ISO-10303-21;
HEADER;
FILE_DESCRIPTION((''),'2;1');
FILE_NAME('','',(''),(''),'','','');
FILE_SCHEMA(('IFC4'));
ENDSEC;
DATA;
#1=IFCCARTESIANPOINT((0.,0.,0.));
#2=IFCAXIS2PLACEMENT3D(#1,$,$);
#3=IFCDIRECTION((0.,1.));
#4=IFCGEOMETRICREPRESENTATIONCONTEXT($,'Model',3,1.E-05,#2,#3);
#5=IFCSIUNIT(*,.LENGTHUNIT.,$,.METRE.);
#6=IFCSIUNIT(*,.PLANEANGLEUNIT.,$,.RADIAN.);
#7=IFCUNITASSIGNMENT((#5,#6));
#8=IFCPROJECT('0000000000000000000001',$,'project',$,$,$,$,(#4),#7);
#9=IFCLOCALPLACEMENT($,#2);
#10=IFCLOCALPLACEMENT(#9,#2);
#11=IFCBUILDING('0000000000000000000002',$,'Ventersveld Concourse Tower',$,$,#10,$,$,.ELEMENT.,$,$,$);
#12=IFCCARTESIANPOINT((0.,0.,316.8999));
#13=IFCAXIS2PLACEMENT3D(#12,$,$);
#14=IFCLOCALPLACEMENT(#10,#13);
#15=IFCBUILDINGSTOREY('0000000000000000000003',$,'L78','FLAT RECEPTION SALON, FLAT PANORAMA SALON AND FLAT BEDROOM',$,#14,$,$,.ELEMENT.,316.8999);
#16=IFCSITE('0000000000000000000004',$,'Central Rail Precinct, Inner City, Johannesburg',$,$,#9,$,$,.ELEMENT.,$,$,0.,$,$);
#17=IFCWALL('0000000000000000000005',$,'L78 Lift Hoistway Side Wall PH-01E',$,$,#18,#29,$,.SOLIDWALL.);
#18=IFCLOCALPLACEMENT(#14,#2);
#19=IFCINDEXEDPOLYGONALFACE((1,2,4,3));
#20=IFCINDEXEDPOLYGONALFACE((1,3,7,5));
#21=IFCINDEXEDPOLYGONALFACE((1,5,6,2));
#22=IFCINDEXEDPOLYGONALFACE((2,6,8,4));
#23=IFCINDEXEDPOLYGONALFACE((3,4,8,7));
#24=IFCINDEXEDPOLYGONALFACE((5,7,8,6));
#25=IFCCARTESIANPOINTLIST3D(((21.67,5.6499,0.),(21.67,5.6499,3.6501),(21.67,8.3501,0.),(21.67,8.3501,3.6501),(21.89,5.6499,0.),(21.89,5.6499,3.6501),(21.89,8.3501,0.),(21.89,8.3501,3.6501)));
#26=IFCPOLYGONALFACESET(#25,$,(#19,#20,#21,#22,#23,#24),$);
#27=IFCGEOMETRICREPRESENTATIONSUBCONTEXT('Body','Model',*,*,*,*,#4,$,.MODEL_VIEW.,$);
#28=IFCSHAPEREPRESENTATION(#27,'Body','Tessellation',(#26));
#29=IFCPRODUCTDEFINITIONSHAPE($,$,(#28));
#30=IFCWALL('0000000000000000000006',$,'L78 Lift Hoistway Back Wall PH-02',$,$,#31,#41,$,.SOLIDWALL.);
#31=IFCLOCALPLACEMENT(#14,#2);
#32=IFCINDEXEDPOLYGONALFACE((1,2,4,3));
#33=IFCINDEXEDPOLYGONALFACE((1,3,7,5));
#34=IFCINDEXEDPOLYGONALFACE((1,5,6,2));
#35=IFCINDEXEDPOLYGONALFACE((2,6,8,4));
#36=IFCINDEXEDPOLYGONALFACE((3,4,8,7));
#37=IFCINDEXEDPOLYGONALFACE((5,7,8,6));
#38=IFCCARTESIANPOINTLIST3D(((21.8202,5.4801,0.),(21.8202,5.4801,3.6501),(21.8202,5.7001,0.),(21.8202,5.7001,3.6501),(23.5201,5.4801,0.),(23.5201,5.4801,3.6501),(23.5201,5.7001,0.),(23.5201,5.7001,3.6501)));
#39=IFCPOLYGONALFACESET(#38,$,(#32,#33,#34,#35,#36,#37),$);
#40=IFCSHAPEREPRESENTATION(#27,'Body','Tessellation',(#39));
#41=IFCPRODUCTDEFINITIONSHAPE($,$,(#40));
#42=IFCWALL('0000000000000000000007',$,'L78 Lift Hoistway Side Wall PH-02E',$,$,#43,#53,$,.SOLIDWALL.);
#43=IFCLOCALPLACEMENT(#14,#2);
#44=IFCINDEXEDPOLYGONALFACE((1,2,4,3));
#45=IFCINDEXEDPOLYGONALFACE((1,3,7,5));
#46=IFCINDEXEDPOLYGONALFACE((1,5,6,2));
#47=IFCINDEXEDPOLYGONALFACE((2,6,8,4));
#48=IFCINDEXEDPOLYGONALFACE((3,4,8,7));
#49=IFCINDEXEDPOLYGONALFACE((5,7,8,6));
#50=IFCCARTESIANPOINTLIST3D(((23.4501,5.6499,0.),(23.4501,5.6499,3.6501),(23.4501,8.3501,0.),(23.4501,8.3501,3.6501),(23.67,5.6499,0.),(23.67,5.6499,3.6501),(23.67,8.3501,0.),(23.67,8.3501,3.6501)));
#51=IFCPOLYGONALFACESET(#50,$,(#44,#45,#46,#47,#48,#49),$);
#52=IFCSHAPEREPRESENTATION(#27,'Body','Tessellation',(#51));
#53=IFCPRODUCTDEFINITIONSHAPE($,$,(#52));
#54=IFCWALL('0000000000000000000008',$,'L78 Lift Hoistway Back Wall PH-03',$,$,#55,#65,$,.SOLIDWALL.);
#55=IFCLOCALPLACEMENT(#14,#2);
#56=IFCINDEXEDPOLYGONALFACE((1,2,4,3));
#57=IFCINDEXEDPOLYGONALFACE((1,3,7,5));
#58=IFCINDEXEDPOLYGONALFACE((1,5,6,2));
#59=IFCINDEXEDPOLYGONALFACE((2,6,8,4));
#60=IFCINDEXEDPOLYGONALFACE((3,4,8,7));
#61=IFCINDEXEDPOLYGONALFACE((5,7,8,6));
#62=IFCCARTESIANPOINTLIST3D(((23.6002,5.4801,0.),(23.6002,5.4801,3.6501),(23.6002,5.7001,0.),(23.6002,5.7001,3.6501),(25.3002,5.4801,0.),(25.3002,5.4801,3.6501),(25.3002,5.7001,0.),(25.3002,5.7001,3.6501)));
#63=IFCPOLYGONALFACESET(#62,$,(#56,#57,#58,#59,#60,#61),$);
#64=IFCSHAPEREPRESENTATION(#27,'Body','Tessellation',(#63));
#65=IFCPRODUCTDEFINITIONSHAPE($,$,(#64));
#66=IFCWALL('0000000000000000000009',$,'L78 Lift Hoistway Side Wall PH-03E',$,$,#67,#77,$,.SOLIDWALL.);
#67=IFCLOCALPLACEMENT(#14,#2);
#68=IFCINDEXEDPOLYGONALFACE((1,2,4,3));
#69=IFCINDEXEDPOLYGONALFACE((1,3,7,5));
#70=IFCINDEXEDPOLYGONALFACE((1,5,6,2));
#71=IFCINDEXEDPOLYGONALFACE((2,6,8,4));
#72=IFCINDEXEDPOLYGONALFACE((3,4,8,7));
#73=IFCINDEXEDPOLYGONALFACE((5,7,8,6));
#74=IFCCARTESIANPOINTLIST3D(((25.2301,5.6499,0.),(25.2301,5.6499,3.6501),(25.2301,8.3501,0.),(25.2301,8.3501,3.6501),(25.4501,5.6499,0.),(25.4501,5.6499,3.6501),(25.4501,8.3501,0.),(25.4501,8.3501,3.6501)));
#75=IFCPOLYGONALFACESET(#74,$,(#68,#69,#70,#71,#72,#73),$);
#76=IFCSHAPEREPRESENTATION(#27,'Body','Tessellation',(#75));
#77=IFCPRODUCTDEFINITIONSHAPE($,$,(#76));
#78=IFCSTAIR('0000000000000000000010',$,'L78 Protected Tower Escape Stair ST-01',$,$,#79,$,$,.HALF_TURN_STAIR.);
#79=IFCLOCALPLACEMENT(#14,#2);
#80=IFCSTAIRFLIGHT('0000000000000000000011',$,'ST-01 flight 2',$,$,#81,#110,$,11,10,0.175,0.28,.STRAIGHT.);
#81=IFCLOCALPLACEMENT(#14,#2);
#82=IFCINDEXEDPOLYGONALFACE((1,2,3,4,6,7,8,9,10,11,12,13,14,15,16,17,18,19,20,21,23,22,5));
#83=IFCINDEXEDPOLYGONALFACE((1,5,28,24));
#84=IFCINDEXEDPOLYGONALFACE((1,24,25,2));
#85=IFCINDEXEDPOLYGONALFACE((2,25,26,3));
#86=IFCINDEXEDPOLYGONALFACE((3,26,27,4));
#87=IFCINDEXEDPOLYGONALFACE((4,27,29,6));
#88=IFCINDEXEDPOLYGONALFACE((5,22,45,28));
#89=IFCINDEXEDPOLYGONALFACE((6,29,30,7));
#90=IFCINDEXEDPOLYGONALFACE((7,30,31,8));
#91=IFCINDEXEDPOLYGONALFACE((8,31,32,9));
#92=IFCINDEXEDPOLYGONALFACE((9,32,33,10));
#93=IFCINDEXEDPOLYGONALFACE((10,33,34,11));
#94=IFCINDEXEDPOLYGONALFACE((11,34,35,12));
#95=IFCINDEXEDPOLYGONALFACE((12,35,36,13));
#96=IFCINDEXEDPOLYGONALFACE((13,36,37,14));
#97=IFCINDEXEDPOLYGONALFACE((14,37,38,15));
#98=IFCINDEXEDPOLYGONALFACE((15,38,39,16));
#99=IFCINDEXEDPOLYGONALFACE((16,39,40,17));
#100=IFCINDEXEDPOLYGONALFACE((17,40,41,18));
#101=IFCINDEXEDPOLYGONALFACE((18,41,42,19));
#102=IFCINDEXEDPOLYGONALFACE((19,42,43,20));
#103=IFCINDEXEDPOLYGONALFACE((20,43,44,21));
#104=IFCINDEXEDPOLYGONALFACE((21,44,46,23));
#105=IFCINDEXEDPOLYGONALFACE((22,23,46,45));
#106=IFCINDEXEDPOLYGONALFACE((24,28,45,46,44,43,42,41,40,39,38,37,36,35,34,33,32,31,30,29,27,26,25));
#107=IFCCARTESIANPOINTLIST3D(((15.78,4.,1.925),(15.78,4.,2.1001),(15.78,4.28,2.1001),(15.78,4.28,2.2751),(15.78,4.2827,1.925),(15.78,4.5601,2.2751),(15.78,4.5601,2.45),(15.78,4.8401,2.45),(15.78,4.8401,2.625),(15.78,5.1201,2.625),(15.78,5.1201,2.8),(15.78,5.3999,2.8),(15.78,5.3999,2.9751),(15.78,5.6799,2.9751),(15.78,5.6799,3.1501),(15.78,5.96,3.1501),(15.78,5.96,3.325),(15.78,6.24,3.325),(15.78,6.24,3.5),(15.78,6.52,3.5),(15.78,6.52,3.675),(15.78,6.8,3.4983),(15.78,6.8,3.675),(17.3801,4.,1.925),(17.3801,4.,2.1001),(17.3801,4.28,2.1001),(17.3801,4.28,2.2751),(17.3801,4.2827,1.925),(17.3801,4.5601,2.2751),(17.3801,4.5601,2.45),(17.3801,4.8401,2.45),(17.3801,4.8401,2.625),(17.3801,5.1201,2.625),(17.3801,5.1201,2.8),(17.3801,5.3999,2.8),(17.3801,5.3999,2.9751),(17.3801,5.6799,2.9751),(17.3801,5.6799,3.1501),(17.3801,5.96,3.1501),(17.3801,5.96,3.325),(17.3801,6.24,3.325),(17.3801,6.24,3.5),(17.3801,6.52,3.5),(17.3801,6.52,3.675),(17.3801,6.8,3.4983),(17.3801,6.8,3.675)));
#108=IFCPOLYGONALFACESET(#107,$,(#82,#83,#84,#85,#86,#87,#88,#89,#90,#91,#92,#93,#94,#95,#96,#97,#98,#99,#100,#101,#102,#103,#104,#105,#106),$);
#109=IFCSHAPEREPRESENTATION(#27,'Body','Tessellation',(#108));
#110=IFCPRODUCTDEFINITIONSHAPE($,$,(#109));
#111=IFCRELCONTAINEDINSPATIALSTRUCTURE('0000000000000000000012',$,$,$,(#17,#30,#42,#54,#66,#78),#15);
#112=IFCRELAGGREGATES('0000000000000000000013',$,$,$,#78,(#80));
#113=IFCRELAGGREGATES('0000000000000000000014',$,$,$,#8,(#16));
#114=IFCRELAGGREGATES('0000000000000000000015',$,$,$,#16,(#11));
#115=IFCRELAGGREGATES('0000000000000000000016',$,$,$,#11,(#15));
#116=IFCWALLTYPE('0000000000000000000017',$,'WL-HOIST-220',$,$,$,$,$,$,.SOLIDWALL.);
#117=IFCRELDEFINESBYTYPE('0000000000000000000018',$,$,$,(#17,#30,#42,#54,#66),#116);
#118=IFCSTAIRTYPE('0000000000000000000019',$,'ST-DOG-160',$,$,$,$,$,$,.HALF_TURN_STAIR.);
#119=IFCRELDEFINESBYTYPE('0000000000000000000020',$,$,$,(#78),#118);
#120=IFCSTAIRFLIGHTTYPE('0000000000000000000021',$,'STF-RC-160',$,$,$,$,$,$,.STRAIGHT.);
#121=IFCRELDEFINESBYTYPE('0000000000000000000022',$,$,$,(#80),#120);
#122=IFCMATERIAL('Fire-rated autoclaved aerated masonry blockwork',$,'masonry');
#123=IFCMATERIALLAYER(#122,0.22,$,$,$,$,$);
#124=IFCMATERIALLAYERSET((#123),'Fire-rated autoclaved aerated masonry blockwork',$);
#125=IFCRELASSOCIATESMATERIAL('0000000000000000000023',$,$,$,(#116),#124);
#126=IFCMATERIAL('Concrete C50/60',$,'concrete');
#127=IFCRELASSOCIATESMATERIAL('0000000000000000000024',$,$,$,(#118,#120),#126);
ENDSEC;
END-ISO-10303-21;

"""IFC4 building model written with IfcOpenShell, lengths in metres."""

from ifc_helpers import new_model, si_unit, direction, frame, frame_2d, origin, place, context, subcontext, project, spatial, polyline, rectangle, outline, extrude, material, layer, layer_set, type_object, element, aggregate, save


model = new_model("IFC4")

# Units and contexts
model_context = context("Model", 3, precision=1e-05, world=origin(), true_north=direction((0.0, 1.0)))
body_context = subcontext(model_context, "Body", "Model", "MODEL_VIEW")
ifc_project = project(units=[si_unit("LENGTHUNIT", "METRE"), si_unit("PLANEANGLEUNIT", "RADIAN")], contexts=[model_context])

# Site, building, storey
site_placement = place(None, origin())
site = spatial("IfcSite", under=ifc_project, at=site_placement, Name="Central Rail Precinct, Inner City, Johannesburg", CompositionType="ELEMENT", RefElevation=0.0)
building_placement = place(site_placement, origin())
building = spatial("IfcBuilding", under=site, at=building_placement, Name="Ventersveld Concourse Tower", CompositionType="ELEMENT")
storey_placement = place(building_placement, frame((0.0, 0.0, 316.8999)))
storey = spatial("IfcBuildingStorey", under=building, at=storey_placement, Name="L78", Description="FLAT RECEPTION SALON, FLAT PANORAMA SALON AND FLAT BEDROOM", CompositionType="ELEMENT", Elevation=316.8999)

# Shared definitions
ifc_material_1 = material(Name="Concrete C50/60", Category="concrete")

# Shared definitions
ifc_material_2 = material(Name="Fire-rated autoclaved aerated masonry blockwork", Category="masonry")

# Walls
ifc_layer_1 = layer(ifc_material_2, 0.22)
ifc_layer_set_1 = layer_set([ifc_layer_1], Name="Fire-rated autoclaved aerated masonry blockwork")
wall_type_1 = type_object("IfcWallType", Name="WL-HOIST-220", PredefinedType="SOLIDWALL", material=ifc_layer_set_1)
wall_1_placement = place(storey_placement, frame((21.78, 5.6499, 0.0), z_axis=(0.0, 0.0, 1.0), x_axis=(0.0, 1.0, 0.0)))
element("IfcWall", 1, at=wall_1_placement, inside=storey, type_object=wall_type_1, Name="L78 Lift Hoistway Side Wall PH-01E", PredefinedType="SOLIDWALL", context=body_context, shape_type="SweptSolid", body=[
    extrude(rectangle(XDim=2.7002, YDim=0.22, at=frame_2d((1.3501, 0.0))), origin(), (0.0, 0.0, 1.0), 3.6501),
])
wall_2_placement = place(storey_placement, frame((21.8201, 5.5901, 0.0), z_axis=(0.0, 0.0, 1.0), x_axis=(1.0, 0.0, 0.0)))
element("IfcWall", 2, at=wall_2_placement, inside=storey, type_object=wall_type_1, Name="L78 Lift Hoistway Back Wall PH-02", PredefinedType="SOLIDWALL", context=body_context, shape_type="SweptSolid", body=[
    extrude(rectangle(XDim=1.7, YDim=0.22, at=frame_2d((0.8501, 0.0))), origin(), (0.0, 0.0, 1.0), 3.6501),
])
wall_3_placement = place(storey_placement, frame((23.5601, 5.6499, 0.0), z_axis=(0.0, 0.0, 1.0), x_axis=(0.0, 1.0, 0.0)))
element("IfcWall", 3, at=wall_3_placement, inside=storey, type_object=wall_type_1, Name="L78 Lift Hoistway Side Wall PH-02E", PredefinedType="SOLIDWALL", context=body_context, shape_type="SweptSolid", body=[
    extrude(rectangle(XDim=2.7002, YDim=0.22, at=frame_2d((1.3501, 0.0))), origin(), (0.0, 0.0, 1.0), 3.6501),
])
wall_4_placement = place(storey_placement, frame((23.6001, 5.5901, 0.0), z_axis=(0.0, 0.0, 1.0), x_axis=(1.0, 0.0, 0.0)))
element("IfcWall", 4, at=wall_4_placement, inside=storey, type_object=wall_type_1, Name="L78 Lift Hoistway Back Wall PH-03", PredefinedType="SOLIDWALL", context=body_context, shape_type="SweptSolid", body=[
    extrude(rectangle(XDim=1.7, YDim=0.22, at=frame_2d((0.8501, 0.0))), origin(), (0.0, 0.0, 1.0), 3.6501),
])
wall_5_placement = place(storey_placement, frame((25.3401, 5.6499, 0.0), z_axis=(0.0, 0.0, 1.0), x_axis=(0.0, 1.0, 0.0)))
element("IfcWall", 5, at=wall_5_placement, inside=storey, type_object=wall_type_1, Name="L78 Lift Hoistway Side Wall PH-03E", PredefinedType="SOLIDWALL", context=body_context, shape_type="SweptSolid", body=[
    extrude(rectangle(XDim=2.7002, YDim=0.22, at=frame_2d((1.3501, 0.0))), origin(), (0.0, 0.0, 1.0), 3.6501),
])

# Stair, stair flight
stair_type = type_object("IfcStairType", Name="ST-DOG-160", PredefinedType="HALF_TURN_STAIR", material=ifc_material_1)
stair_placement = place(storey_placement, origin())
stair = element("IfcStair", 6, at=stair_placement, inside=storey, type_object=stair_type, Name="L78 Protected Tower Escape Stair ST-01", PredefinedType="HALF_TURN_STAIR")
stair_flight_type = type_object("IfcStairFlightType", Name="STF-RC-160", PredefinedType="STRAIGHT", material=ifc_material_1)
stair_flight_placement = place(storey_placement, frame((16.5801, 4.0, 1.925), z_axis=(0.0, 0.0, 1.0), x_axis=(0.0, 1.0, 0.0)))
stair_flight = element("IfcStairFlight", 7, at=stair_flight_placement, type_object=stair_flight_type, Name="ST-01 flight 2", NumberOfRisers=11, NumberOfTreads=10, PredefinedType="STRAIGHT", RiserHeight=0.175, TreadLength=0.28, context=body_context, shape_type="SweptSolid", body=[
    extrude(outline(polyline([(0.0, 0.0), (0.0, 0.175), (0.28, 0.175), (0.28, 0.3501), (0.5601, 0.3501), (0.5601, 0.5249), (0.8401, 0.5249), (0.8401, 0.7), (1.1201, 0.7), (1.1201, 0.875), (1.3999, 0.875), (1.3999, 1.05), (1.6799, 1.05), (1.6799, 1.2251), (1.96, 1.2251), (1.96, 1.3999), (2.24, 1.3999), (2.24, 1.575), (2.52, 1.575), (2.52, 1.75), (2.8, 1.75), (2.8, 1.925), (2.8, 1.5732), (0.2827, 0.0), (0.0, 0.0)])), frame((0.0, 0.8, 0.0), z_axis=(0.0, -1.0, 0.0), x_axis=(1.0, 0.0, 0.0)), (0.0, 0.0, 1.0), 1.6001),
])
aggregate(stair, [stair_flight])

save(model, "model.ifc")
